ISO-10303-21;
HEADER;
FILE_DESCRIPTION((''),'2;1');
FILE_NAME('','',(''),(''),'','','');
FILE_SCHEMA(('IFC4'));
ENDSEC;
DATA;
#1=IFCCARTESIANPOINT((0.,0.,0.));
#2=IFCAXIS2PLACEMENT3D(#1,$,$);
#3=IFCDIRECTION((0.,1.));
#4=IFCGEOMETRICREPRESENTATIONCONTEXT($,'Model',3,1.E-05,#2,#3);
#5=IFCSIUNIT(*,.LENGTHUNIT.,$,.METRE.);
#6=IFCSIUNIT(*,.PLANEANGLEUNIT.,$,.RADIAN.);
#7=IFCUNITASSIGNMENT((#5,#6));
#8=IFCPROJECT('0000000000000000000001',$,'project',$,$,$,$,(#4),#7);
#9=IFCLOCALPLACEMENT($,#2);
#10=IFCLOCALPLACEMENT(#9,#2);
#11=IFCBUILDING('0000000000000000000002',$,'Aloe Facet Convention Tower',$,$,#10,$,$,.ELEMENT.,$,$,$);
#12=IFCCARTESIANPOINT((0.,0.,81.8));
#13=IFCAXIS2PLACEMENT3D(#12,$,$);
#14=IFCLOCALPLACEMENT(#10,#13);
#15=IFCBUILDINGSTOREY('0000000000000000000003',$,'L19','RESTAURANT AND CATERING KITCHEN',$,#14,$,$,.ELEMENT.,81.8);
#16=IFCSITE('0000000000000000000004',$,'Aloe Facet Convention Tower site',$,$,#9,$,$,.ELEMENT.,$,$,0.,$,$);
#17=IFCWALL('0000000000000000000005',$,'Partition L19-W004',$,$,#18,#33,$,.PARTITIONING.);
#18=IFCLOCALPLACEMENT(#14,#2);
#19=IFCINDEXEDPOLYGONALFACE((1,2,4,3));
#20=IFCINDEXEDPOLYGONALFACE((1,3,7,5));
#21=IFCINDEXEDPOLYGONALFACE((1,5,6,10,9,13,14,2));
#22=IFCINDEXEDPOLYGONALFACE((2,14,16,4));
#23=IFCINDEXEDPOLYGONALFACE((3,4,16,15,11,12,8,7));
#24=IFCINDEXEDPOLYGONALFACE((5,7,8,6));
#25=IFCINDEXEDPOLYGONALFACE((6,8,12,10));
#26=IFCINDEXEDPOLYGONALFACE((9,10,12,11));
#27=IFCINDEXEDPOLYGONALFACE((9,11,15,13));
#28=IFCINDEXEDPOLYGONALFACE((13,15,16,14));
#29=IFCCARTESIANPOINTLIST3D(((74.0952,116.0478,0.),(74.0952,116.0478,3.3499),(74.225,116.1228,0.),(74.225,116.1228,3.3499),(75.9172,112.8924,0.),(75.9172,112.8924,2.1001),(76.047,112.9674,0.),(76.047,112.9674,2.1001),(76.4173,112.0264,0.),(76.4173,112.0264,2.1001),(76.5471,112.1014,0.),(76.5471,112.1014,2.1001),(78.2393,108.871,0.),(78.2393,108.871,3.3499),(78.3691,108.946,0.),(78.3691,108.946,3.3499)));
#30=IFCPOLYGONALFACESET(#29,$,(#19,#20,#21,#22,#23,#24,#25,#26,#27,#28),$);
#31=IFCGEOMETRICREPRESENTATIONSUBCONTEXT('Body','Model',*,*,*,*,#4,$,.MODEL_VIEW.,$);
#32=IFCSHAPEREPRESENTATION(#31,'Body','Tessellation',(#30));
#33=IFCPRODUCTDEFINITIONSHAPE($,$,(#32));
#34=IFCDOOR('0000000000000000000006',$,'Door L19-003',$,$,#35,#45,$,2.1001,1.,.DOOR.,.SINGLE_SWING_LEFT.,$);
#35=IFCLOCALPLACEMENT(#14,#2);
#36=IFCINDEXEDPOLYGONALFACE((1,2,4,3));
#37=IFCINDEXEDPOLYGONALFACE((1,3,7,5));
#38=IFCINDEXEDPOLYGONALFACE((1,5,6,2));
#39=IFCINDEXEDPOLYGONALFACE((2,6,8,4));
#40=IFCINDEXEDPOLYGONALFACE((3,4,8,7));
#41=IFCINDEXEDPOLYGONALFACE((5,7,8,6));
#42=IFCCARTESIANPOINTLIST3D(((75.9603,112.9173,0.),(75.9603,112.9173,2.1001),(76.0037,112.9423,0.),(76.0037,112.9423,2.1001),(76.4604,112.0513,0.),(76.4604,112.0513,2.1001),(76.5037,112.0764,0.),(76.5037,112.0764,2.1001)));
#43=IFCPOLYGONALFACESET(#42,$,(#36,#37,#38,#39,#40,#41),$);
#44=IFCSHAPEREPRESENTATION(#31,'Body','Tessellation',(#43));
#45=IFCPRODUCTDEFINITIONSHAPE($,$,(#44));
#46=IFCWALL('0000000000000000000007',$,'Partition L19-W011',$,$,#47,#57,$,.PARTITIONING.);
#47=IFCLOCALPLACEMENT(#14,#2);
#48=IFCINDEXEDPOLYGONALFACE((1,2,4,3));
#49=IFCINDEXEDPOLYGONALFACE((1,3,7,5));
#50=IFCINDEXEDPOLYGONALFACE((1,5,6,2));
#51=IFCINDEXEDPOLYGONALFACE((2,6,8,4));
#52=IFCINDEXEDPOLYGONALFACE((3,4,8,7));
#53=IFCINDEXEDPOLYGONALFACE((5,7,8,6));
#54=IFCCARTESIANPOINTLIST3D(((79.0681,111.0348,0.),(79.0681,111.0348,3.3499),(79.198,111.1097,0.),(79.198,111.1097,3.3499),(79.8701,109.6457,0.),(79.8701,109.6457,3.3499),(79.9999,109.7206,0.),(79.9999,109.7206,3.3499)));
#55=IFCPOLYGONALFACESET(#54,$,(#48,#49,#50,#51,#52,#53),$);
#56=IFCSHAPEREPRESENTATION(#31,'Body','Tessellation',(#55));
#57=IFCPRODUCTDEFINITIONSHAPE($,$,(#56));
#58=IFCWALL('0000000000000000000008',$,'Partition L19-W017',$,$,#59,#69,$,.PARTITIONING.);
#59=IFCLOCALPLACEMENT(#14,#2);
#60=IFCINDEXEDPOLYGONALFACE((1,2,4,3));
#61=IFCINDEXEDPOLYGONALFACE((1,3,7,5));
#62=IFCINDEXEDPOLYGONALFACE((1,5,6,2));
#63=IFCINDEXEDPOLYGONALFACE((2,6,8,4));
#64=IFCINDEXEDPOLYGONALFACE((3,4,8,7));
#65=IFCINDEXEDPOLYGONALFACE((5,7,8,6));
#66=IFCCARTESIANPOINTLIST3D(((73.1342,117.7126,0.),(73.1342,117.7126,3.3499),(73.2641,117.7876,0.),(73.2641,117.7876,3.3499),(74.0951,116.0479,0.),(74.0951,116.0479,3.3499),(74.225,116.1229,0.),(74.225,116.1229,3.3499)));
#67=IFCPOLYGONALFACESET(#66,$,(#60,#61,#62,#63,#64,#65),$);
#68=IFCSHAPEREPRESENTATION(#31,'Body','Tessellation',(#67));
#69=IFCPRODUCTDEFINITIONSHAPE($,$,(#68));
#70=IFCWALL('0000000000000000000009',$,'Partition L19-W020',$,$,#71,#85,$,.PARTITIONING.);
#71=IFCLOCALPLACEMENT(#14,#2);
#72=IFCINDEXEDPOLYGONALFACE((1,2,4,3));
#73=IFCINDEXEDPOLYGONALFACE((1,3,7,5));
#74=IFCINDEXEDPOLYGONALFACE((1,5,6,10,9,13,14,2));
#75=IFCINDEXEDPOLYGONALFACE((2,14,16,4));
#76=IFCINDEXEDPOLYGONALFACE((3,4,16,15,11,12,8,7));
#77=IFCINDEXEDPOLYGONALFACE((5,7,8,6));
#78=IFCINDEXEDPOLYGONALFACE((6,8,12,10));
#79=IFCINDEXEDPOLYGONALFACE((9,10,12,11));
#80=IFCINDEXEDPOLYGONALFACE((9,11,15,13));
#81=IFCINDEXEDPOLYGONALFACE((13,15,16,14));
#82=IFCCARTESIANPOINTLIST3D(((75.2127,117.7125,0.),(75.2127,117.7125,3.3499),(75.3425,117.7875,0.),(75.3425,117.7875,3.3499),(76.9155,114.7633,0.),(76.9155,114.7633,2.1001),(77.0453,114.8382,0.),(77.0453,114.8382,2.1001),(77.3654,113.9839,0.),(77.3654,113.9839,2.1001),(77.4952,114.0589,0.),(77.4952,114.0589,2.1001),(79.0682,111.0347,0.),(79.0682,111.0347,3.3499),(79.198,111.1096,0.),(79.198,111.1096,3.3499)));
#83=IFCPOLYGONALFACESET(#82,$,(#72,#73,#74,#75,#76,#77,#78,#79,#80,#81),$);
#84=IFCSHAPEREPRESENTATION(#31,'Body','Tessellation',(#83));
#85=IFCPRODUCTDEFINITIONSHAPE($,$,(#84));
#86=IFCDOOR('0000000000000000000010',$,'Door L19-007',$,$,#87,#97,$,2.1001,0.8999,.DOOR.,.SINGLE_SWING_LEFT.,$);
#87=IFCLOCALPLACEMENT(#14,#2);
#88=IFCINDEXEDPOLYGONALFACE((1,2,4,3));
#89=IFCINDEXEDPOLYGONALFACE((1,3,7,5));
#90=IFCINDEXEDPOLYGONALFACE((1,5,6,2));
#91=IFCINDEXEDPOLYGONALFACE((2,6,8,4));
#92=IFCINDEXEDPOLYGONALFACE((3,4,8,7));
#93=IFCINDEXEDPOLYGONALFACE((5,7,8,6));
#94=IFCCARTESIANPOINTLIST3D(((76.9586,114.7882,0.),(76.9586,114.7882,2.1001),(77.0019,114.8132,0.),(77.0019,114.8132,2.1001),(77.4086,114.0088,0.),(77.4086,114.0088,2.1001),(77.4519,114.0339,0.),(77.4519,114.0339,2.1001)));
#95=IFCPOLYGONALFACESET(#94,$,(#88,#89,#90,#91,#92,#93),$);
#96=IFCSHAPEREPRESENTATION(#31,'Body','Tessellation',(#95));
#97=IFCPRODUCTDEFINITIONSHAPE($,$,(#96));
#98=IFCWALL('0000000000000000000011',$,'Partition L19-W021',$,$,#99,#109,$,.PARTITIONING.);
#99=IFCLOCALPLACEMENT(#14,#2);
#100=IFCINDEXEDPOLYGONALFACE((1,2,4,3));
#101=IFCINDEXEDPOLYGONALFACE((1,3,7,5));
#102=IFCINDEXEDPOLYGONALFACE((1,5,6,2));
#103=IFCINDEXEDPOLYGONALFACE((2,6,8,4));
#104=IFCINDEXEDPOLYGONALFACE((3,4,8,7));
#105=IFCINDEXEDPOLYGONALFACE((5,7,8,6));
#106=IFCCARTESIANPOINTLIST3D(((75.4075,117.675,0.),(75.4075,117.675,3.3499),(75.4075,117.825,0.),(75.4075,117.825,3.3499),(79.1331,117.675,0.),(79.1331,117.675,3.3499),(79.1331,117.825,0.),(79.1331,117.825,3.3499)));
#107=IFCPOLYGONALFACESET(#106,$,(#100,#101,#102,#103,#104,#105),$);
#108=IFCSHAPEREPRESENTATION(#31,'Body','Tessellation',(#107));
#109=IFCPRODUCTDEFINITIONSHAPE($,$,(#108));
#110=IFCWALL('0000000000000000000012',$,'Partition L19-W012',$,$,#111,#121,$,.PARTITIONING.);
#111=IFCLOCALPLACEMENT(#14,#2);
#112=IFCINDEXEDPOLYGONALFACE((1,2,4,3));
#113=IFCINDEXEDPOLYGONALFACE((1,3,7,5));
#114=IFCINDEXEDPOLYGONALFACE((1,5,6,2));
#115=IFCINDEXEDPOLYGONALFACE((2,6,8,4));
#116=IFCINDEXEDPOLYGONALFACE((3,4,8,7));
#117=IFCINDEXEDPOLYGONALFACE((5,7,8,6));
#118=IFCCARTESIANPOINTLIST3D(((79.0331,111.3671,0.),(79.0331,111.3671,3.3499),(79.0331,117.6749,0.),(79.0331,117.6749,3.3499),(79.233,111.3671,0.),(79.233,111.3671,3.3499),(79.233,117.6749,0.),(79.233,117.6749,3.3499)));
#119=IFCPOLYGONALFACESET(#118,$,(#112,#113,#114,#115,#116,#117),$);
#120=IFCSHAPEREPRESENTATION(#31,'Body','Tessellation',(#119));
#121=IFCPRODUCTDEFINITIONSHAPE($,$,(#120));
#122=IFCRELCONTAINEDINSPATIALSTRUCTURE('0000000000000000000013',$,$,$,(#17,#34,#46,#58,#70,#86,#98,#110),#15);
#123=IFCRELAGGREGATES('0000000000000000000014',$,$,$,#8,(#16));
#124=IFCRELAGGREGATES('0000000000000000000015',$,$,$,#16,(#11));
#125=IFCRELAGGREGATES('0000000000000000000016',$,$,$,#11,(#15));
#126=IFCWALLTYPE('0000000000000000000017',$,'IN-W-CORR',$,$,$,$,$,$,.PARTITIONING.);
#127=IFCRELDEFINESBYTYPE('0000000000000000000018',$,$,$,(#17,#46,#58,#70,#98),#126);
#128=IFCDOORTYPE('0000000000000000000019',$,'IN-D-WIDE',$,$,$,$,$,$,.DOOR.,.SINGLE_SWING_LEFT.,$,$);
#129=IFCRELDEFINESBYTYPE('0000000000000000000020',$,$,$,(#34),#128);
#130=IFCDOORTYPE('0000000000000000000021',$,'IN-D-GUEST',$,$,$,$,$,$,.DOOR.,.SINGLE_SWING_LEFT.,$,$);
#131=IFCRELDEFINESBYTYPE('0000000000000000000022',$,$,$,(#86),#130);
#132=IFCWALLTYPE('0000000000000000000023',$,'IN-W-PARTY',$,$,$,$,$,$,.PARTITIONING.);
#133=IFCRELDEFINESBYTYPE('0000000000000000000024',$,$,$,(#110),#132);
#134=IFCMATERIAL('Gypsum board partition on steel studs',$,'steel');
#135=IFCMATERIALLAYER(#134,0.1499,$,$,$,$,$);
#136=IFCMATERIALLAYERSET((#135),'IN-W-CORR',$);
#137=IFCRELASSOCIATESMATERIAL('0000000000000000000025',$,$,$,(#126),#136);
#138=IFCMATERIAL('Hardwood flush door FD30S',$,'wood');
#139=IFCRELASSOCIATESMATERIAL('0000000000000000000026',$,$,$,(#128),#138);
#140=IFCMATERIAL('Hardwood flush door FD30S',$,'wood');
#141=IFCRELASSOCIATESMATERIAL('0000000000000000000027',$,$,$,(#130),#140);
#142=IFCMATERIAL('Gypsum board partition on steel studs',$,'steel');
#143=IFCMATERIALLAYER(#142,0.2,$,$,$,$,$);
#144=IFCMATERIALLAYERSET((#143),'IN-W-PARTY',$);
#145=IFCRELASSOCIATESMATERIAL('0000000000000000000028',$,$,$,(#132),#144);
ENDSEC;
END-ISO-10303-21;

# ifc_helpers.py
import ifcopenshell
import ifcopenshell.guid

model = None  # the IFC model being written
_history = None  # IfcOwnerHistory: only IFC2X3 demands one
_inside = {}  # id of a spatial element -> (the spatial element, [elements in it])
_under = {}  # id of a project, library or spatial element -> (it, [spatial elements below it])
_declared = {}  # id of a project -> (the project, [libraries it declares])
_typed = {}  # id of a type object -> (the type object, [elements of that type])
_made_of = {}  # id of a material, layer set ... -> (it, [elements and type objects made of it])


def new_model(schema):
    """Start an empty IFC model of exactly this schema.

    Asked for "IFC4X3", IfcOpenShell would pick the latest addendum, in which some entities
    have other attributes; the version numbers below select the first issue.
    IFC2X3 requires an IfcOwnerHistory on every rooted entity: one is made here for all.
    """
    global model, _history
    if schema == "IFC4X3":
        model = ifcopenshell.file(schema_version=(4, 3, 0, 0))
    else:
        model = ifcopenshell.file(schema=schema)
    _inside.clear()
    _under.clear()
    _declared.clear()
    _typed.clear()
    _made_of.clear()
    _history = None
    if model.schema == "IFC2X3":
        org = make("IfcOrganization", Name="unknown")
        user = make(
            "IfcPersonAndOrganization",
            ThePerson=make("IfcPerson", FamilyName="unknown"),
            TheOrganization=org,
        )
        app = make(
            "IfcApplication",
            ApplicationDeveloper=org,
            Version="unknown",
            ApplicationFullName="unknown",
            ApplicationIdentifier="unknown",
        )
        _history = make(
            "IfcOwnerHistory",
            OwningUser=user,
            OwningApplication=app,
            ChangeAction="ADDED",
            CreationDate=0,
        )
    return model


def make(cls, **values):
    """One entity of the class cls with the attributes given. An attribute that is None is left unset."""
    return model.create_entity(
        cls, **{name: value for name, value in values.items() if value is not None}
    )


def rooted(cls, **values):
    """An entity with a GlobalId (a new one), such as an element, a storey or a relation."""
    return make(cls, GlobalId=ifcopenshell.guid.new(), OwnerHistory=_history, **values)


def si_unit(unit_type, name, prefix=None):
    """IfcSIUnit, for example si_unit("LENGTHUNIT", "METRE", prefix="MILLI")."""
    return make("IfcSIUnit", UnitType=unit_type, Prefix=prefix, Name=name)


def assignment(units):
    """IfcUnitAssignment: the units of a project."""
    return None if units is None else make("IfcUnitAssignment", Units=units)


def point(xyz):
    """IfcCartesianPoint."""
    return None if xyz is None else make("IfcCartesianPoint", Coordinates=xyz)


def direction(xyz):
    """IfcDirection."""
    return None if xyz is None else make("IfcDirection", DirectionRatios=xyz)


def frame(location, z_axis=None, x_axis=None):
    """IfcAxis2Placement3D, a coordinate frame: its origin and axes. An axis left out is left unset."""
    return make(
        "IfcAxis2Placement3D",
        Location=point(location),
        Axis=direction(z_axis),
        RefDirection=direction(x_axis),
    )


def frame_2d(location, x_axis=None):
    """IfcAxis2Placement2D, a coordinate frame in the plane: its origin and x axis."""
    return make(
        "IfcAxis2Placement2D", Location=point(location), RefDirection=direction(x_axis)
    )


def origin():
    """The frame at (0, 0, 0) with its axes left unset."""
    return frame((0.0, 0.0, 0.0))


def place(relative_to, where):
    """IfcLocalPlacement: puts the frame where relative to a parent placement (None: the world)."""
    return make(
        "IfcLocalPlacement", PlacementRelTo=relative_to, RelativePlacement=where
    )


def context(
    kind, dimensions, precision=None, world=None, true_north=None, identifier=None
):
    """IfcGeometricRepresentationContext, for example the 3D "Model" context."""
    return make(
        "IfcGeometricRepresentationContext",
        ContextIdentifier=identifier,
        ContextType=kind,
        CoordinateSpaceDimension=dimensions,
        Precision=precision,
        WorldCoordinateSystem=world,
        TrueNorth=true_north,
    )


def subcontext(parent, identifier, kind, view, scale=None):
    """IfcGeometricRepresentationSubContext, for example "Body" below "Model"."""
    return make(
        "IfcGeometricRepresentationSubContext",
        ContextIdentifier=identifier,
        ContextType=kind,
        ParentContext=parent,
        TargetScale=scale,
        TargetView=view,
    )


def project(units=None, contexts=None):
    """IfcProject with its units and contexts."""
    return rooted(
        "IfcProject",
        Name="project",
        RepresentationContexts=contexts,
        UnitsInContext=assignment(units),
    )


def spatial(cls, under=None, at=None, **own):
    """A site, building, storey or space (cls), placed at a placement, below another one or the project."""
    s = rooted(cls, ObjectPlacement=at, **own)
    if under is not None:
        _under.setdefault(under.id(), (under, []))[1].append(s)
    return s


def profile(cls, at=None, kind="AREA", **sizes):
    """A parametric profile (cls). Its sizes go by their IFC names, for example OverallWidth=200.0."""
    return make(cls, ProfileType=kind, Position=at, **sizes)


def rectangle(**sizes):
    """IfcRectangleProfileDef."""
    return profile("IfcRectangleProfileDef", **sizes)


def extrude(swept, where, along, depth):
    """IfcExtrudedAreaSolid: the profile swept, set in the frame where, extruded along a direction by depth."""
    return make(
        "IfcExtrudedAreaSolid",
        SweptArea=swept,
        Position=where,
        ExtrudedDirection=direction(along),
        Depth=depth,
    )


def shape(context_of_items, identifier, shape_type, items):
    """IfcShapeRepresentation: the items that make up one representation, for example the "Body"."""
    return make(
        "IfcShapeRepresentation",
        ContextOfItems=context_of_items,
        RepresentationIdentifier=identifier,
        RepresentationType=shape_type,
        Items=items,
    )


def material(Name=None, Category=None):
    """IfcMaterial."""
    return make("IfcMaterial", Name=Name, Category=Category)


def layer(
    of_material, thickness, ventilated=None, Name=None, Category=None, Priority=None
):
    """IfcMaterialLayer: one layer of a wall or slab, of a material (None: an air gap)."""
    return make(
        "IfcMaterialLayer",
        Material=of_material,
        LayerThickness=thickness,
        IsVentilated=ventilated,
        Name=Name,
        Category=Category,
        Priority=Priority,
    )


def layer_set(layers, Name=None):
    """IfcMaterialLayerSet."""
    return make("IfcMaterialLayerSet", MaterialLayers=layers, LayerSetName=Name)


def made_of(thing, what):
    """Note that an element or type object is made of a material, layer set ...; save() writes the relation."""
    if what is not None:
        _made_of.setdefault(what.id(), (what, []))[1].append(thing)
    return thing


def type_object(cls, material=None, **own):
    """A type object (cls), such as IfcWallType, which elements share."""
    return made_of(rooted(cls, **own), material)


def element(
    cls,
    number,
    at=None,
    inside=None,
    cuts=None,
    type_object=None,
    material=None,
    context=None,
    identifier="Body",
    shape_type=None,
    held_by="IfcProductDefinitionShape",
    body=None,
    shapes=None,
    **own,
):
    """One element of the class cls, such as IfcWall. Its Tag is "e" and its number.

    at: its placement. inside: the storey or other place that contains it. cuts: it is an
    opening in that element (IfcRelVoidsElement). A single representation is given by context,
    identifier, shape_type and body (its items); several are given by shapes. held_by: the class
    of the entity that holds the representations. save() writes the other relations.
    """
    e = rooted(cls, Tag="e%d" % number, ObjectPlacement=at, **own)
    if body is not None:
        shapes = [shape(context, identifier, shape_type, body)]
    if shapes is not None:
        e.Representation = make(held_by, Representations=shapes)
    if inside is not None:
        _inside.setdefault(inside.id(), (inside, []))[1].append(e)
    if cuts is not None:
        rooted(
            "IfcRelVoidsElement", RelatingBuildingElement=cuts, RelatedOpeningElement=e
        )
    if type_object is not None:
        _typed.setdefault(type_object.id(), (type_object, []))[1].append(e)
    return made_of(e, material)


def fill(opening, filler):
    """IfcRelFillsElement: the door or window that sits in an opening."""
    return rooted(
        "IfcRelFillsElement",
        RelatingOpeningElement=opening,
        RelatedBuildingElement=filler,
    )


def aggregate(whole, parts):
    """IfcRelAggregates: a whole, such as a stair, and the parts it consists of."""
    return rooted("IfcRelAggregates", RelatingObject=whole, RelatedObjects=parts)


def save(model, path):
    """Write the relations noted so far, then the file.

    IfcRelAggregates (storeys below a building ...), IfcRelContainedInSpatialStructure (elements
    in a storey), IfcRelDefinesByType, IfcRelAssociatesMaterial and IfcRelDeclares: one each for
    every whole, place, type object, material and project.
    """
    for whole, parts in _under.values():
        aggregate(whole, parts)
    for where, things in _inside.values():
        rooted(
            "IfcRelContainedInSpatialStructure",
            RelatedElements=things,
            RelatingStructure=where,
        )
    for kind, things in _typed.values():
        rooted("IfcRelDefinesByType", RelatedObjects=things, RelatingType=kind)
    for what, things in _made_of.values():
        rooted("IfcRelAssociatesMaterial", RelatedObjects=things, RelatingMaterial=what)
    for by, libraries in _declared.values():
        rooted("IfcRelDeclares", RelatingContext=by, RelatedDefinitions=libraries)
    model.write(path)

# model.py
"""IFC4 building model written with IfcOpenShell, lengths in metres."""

from ifc_helpers import new_model, si_unit, direction, frame, frame_2d, origin, place, context, subcontext, project, spatial, rectangle, extrude, material, layer, layer_set, type_object, element, fill, save


model = new_model("IFC4")

# Units and contexts
model_context = context("Model", 3, precision=1e-05, world=origin(), true_north=direction((0.0, 1.0)))
body_context = subcontext(model_context, "Body", "Model", "MODEL_VIEW")
ifc_project = project(units=[si_unit("LENGTHUNIT", "METRE"), si_unit("PLANEANGLEUNIT", "RADIAN")], contexts=[model_context])

# Site, building, storey
site_placement = place(None, origin())
site = spatial("IfcSite", under=ifc_project, at=site_placement, Name="Aloe Facet Convention Tower site", CompositionType="ELEMENT", RefElevation=0.0)
building_placement = place(site_placement, origin())
building = spatial("IfcBuilding", under=site, at=building_placement, Name="Aloe Facet Convention Tower", CompositionType="ELEMENT")
storey_placement = place(building_placement, frame((0.0, 0.0, 81.8)))
storey = spatial("IfcBuildingStorey", under=building, at=storey_placement, Name="L19", Description="RESTAURANT AND CATERING KITCHEN", CompositionType="ELEMENT", Elevation=81.8)

# Wall, opening, door
ifc_material_1 = material(Name="Gypsum board partition on steel studs", Category="steel")
ifc_layer_1 = layer(ifc_material_1, 0.1499)
ifc_layer_set_1 = layer_set([ifc_layer_1], Name="IN-W-CORR")
wall_type_1 = type_object("IfcWallType", Name="IN-W-CORR", PredefinedType="PARTITIONING", material=ifc_layer_set_1)
wall_1_placement = place(storey_placement, frame((74.1602, 116.0852, 0.0), z_axis=(0.0, 0.0, 1.0), x_axis=(0.500049, -0.865997, 0.0)))
wall_1 = element("IfcWall", 1, at=wall_1_placement, inside=storey, type_object=wall_type_1, Name="Partition L19-W004", PredefinedType="PARTITIONING", context=body_context, shape_type="SweptSolid", body=[
    extrude(rectangle(XDim=8.2874, YDim=0.1499, at=frame_2d((4.1436, 0.0))), origin(), (0.0, 0.0, 1.0), 3.3499),
])
opening_1_placement = place(wall_1_placement, frame((3.6436, 0.0, 0.0)))
opening_1 = element("IfcOpeningElement", 2, at=opening_1_placement, cuts=wall_1, PredefinedType="OPENING", context=body_context, shape_type="SweptSolid", body=[
    extrude(rectangle(XDim=1.0, YDim=2.1001, at=frame_2d((0.5, 1.05))), frame((0.0, 0.085, 0.0), z_axis=(0.0, -1.0, 0.0), x_axis=(1.0, 0.0, 0.0)), (0.0, 0.0, 1.0), 0.1699),
])
ifc_material_2 = material(Name="Hardwood flush door FD30S", Category="wood")
door_type_1 = type_object("IfcDoorType", Name="IN-D-WIDE", OperationType="SINGLE_SWING_LEFT", PredefinedType="DOOR", material=ifc_material_2)
door_1_placement = place(opening_1_placement, origin())
door_1 = element("IfcDoor", 3, at=door_1_placement, inside=storey, type_object=door_type_1, Name="Door L19-003", OperationType="SINGLE_SWING_LEFT", OverallHeight=2.1001, OverallWidth=1.0, PredefinedType="DOOR", context=body_context, shape_type="SweptSolid", body=[
    extrude(rectangle(XDim=1.0, YDim=2.1001, at=frame_2d((0.5, 1.05))), frame((0.0, 0.0249, 0.0), z_axis=(0.0, -1.0, 0.0), x_axis=(1.0, 0.0, 0.0)), (0.0, 0.0, 1.0), 0.05),
])
fill(opening_1, door_1)

# Walls
wall_2_placement = place(storey_placement, frame((79.1331, 111.0723, 0.0), z_axis=(0.0, 0.0, 1.0), x_axis=(0.499986, -0.866034, 0.0)))
element("IfcWall", 4, at=wall_2_placement, inside=storey, type_object=wall_type_1, Name="Partition L19-W011", PredefinedType="PARTITIONING", context=body_context, shape_type="SweptSolid", body=[
    extrude(rectangle(XDim=1.604, YDim=0.1499, at=frame_2d((0.802, 0.0))), origin(), (0.0, 0.0, 1.0), 3.3499),
])
wall_3_placement = place(storey_placement, frame((73.1992, 117.75, 0.0), z_axis=(0.0, 0.0, 1.0), x_axis=(0.499909, -0.866078, 0.0)))
element("IfcWall", 5, at=wall_3_placement, inside=storey, type_object=wall_type_1, Name="Partition L19-W017", PredefinedType="PARTITIONING", context=body_context, shape_type="SweptSolid", body=[
    extrude(rectangle(XDim=1.9221, YDim=0.1499, at=frame_2d((0.9609, 0.0))), origin(), (0.0, 0.0, 1.0), 3.3499),
])

# Wall, opening, door
wall_4_placement = place(storey_placement, frame((75.2776, 117.75, 0.0), z_axis=(0.0, 0.0, 1.0), x_axis=(0.500007, -0.866021, 0.0)))
wall_4 = element("IfcWall", 6, at=wall_4_placement, inside=storey, type_object=wall_type_1, Name="Partition L19-W020", PredefinedType="PARTITIONING", context=body_context, shape_type="SweptSolid", body=[
    extrude(rectangle(XDim=7.7109, YDim=0.1499, at=frame_2d((3.8555, 0.0))), origin(), (0.0, 0.0, 1.0), 3.3499),
])
opening_2_placement = place(wall_4_placement, frame((3.4055, 0.0, 0.0)))
opening_2 = element("IfcOpeningElement", 7, at=opening_2_placement, cuts=wall_4, PredefinedType="OPENING", context=body_context, shape_type="SweptSolid", body=[
    extrude(rectangle(XDim=0.8999, YDim=2.1001, at=frame_2d((0.45, 1.05))), frame((0.0, 0.085, 0.0), z_axis=(0.0, -1.0, 0.0), x_axis=(1.0, 0.0, 0.0)), (0.0, 0.0, 1.0), 0.1699),
])
ifc_material_3 = material(Name="Hardwood flush door FD30S", Category="wood")
door_type_2 = type_object("IfcDoorType", Name="IN-D-GUEST", OperationType="SINGLE_SWING_LEFT", PredefinedType="DOOR", material=ifc_material_3)
door_2_placement = place(opening_2_placement, origin())
door_2 = element("IfcDoor", 8, at=door_2_placement, inside=storey, type_object=door_type_2, Name="Door L19-007", OperationType="SINGLE_SWING_LEFT", OverallHeight=2.1001, OverallWidth=0.8999, PredefinedType="DOOR", context=body_context, shape_type="SweptSolid", body=[
    extrude(rectangle(XDim=0.8999, YDim=2.1001, at=frame_2d((0.45, 1.05))), frame((0.0, 0.0249, 0.0), z_axis=(0.0, -1.0, 0.0), x_axis=(1.0, 0.0, 0.0)), (0.0, 0.0, 1.0), 0.05),
])
fill(opening_2, door_2)

# Walls
wall_5_placement = place(storey_placement, frame((75.4075, 117.75, 0.0), z_axis=(0.0, 0.0, 1.0), x_axis=(1.0, 0.0, 0.0)))
element("IfcWall", 9, at=wall_5_placement, inside=storey, type_object=wall_type_1, Name="Partition L19-W021", PredefinedType="PARTITIONING", context=body_context, shape_type="SweptSolid", body=[
    extrude(rectangle(XDim=3.7256, YDim=0.1499, at=frame_2d((1.8628, 0.0))), origin(), (0.0, 0.0, 1.0), 3.3499),
])
ifc_material_4 = material(Name="Gypsum board partition on steel studs", Category="steel")
ifc_layer_2 = layer(ifc_material_4, 0.2)
ifc_layer_set_2 = layer_set([ifc_layer_2], Name="IN-W-PARTY")
wall_type_2 = type_object("IfcWallType", Name="IN-W-PARTY", PredefinedType="PARTITIONING", material=ifc_layer_set_2)
wall_6_placement = place(storey_placement, frame((79.1331, 111.3672, 0.0), z_axis=(0.0, 0.0, 1.0), x_axis=(0.0, 1.0, 0.0)))
element("IfcWall", 10, at=wall_6_placement, inside=storey, type_object=wall_type_2, Name="Partition L19-W012", PredefinedType="PARTITIONING", context=body_context, shape_type="SweptSolid", body=[
    extrude(rectangle(XDim=6.3079, YDim=0.2, at=frame_2d((3.1538, 0.0))), origin(), (0.0, 0.0, 1.0), 3.3499),
])

save(model, "model.ifc")
